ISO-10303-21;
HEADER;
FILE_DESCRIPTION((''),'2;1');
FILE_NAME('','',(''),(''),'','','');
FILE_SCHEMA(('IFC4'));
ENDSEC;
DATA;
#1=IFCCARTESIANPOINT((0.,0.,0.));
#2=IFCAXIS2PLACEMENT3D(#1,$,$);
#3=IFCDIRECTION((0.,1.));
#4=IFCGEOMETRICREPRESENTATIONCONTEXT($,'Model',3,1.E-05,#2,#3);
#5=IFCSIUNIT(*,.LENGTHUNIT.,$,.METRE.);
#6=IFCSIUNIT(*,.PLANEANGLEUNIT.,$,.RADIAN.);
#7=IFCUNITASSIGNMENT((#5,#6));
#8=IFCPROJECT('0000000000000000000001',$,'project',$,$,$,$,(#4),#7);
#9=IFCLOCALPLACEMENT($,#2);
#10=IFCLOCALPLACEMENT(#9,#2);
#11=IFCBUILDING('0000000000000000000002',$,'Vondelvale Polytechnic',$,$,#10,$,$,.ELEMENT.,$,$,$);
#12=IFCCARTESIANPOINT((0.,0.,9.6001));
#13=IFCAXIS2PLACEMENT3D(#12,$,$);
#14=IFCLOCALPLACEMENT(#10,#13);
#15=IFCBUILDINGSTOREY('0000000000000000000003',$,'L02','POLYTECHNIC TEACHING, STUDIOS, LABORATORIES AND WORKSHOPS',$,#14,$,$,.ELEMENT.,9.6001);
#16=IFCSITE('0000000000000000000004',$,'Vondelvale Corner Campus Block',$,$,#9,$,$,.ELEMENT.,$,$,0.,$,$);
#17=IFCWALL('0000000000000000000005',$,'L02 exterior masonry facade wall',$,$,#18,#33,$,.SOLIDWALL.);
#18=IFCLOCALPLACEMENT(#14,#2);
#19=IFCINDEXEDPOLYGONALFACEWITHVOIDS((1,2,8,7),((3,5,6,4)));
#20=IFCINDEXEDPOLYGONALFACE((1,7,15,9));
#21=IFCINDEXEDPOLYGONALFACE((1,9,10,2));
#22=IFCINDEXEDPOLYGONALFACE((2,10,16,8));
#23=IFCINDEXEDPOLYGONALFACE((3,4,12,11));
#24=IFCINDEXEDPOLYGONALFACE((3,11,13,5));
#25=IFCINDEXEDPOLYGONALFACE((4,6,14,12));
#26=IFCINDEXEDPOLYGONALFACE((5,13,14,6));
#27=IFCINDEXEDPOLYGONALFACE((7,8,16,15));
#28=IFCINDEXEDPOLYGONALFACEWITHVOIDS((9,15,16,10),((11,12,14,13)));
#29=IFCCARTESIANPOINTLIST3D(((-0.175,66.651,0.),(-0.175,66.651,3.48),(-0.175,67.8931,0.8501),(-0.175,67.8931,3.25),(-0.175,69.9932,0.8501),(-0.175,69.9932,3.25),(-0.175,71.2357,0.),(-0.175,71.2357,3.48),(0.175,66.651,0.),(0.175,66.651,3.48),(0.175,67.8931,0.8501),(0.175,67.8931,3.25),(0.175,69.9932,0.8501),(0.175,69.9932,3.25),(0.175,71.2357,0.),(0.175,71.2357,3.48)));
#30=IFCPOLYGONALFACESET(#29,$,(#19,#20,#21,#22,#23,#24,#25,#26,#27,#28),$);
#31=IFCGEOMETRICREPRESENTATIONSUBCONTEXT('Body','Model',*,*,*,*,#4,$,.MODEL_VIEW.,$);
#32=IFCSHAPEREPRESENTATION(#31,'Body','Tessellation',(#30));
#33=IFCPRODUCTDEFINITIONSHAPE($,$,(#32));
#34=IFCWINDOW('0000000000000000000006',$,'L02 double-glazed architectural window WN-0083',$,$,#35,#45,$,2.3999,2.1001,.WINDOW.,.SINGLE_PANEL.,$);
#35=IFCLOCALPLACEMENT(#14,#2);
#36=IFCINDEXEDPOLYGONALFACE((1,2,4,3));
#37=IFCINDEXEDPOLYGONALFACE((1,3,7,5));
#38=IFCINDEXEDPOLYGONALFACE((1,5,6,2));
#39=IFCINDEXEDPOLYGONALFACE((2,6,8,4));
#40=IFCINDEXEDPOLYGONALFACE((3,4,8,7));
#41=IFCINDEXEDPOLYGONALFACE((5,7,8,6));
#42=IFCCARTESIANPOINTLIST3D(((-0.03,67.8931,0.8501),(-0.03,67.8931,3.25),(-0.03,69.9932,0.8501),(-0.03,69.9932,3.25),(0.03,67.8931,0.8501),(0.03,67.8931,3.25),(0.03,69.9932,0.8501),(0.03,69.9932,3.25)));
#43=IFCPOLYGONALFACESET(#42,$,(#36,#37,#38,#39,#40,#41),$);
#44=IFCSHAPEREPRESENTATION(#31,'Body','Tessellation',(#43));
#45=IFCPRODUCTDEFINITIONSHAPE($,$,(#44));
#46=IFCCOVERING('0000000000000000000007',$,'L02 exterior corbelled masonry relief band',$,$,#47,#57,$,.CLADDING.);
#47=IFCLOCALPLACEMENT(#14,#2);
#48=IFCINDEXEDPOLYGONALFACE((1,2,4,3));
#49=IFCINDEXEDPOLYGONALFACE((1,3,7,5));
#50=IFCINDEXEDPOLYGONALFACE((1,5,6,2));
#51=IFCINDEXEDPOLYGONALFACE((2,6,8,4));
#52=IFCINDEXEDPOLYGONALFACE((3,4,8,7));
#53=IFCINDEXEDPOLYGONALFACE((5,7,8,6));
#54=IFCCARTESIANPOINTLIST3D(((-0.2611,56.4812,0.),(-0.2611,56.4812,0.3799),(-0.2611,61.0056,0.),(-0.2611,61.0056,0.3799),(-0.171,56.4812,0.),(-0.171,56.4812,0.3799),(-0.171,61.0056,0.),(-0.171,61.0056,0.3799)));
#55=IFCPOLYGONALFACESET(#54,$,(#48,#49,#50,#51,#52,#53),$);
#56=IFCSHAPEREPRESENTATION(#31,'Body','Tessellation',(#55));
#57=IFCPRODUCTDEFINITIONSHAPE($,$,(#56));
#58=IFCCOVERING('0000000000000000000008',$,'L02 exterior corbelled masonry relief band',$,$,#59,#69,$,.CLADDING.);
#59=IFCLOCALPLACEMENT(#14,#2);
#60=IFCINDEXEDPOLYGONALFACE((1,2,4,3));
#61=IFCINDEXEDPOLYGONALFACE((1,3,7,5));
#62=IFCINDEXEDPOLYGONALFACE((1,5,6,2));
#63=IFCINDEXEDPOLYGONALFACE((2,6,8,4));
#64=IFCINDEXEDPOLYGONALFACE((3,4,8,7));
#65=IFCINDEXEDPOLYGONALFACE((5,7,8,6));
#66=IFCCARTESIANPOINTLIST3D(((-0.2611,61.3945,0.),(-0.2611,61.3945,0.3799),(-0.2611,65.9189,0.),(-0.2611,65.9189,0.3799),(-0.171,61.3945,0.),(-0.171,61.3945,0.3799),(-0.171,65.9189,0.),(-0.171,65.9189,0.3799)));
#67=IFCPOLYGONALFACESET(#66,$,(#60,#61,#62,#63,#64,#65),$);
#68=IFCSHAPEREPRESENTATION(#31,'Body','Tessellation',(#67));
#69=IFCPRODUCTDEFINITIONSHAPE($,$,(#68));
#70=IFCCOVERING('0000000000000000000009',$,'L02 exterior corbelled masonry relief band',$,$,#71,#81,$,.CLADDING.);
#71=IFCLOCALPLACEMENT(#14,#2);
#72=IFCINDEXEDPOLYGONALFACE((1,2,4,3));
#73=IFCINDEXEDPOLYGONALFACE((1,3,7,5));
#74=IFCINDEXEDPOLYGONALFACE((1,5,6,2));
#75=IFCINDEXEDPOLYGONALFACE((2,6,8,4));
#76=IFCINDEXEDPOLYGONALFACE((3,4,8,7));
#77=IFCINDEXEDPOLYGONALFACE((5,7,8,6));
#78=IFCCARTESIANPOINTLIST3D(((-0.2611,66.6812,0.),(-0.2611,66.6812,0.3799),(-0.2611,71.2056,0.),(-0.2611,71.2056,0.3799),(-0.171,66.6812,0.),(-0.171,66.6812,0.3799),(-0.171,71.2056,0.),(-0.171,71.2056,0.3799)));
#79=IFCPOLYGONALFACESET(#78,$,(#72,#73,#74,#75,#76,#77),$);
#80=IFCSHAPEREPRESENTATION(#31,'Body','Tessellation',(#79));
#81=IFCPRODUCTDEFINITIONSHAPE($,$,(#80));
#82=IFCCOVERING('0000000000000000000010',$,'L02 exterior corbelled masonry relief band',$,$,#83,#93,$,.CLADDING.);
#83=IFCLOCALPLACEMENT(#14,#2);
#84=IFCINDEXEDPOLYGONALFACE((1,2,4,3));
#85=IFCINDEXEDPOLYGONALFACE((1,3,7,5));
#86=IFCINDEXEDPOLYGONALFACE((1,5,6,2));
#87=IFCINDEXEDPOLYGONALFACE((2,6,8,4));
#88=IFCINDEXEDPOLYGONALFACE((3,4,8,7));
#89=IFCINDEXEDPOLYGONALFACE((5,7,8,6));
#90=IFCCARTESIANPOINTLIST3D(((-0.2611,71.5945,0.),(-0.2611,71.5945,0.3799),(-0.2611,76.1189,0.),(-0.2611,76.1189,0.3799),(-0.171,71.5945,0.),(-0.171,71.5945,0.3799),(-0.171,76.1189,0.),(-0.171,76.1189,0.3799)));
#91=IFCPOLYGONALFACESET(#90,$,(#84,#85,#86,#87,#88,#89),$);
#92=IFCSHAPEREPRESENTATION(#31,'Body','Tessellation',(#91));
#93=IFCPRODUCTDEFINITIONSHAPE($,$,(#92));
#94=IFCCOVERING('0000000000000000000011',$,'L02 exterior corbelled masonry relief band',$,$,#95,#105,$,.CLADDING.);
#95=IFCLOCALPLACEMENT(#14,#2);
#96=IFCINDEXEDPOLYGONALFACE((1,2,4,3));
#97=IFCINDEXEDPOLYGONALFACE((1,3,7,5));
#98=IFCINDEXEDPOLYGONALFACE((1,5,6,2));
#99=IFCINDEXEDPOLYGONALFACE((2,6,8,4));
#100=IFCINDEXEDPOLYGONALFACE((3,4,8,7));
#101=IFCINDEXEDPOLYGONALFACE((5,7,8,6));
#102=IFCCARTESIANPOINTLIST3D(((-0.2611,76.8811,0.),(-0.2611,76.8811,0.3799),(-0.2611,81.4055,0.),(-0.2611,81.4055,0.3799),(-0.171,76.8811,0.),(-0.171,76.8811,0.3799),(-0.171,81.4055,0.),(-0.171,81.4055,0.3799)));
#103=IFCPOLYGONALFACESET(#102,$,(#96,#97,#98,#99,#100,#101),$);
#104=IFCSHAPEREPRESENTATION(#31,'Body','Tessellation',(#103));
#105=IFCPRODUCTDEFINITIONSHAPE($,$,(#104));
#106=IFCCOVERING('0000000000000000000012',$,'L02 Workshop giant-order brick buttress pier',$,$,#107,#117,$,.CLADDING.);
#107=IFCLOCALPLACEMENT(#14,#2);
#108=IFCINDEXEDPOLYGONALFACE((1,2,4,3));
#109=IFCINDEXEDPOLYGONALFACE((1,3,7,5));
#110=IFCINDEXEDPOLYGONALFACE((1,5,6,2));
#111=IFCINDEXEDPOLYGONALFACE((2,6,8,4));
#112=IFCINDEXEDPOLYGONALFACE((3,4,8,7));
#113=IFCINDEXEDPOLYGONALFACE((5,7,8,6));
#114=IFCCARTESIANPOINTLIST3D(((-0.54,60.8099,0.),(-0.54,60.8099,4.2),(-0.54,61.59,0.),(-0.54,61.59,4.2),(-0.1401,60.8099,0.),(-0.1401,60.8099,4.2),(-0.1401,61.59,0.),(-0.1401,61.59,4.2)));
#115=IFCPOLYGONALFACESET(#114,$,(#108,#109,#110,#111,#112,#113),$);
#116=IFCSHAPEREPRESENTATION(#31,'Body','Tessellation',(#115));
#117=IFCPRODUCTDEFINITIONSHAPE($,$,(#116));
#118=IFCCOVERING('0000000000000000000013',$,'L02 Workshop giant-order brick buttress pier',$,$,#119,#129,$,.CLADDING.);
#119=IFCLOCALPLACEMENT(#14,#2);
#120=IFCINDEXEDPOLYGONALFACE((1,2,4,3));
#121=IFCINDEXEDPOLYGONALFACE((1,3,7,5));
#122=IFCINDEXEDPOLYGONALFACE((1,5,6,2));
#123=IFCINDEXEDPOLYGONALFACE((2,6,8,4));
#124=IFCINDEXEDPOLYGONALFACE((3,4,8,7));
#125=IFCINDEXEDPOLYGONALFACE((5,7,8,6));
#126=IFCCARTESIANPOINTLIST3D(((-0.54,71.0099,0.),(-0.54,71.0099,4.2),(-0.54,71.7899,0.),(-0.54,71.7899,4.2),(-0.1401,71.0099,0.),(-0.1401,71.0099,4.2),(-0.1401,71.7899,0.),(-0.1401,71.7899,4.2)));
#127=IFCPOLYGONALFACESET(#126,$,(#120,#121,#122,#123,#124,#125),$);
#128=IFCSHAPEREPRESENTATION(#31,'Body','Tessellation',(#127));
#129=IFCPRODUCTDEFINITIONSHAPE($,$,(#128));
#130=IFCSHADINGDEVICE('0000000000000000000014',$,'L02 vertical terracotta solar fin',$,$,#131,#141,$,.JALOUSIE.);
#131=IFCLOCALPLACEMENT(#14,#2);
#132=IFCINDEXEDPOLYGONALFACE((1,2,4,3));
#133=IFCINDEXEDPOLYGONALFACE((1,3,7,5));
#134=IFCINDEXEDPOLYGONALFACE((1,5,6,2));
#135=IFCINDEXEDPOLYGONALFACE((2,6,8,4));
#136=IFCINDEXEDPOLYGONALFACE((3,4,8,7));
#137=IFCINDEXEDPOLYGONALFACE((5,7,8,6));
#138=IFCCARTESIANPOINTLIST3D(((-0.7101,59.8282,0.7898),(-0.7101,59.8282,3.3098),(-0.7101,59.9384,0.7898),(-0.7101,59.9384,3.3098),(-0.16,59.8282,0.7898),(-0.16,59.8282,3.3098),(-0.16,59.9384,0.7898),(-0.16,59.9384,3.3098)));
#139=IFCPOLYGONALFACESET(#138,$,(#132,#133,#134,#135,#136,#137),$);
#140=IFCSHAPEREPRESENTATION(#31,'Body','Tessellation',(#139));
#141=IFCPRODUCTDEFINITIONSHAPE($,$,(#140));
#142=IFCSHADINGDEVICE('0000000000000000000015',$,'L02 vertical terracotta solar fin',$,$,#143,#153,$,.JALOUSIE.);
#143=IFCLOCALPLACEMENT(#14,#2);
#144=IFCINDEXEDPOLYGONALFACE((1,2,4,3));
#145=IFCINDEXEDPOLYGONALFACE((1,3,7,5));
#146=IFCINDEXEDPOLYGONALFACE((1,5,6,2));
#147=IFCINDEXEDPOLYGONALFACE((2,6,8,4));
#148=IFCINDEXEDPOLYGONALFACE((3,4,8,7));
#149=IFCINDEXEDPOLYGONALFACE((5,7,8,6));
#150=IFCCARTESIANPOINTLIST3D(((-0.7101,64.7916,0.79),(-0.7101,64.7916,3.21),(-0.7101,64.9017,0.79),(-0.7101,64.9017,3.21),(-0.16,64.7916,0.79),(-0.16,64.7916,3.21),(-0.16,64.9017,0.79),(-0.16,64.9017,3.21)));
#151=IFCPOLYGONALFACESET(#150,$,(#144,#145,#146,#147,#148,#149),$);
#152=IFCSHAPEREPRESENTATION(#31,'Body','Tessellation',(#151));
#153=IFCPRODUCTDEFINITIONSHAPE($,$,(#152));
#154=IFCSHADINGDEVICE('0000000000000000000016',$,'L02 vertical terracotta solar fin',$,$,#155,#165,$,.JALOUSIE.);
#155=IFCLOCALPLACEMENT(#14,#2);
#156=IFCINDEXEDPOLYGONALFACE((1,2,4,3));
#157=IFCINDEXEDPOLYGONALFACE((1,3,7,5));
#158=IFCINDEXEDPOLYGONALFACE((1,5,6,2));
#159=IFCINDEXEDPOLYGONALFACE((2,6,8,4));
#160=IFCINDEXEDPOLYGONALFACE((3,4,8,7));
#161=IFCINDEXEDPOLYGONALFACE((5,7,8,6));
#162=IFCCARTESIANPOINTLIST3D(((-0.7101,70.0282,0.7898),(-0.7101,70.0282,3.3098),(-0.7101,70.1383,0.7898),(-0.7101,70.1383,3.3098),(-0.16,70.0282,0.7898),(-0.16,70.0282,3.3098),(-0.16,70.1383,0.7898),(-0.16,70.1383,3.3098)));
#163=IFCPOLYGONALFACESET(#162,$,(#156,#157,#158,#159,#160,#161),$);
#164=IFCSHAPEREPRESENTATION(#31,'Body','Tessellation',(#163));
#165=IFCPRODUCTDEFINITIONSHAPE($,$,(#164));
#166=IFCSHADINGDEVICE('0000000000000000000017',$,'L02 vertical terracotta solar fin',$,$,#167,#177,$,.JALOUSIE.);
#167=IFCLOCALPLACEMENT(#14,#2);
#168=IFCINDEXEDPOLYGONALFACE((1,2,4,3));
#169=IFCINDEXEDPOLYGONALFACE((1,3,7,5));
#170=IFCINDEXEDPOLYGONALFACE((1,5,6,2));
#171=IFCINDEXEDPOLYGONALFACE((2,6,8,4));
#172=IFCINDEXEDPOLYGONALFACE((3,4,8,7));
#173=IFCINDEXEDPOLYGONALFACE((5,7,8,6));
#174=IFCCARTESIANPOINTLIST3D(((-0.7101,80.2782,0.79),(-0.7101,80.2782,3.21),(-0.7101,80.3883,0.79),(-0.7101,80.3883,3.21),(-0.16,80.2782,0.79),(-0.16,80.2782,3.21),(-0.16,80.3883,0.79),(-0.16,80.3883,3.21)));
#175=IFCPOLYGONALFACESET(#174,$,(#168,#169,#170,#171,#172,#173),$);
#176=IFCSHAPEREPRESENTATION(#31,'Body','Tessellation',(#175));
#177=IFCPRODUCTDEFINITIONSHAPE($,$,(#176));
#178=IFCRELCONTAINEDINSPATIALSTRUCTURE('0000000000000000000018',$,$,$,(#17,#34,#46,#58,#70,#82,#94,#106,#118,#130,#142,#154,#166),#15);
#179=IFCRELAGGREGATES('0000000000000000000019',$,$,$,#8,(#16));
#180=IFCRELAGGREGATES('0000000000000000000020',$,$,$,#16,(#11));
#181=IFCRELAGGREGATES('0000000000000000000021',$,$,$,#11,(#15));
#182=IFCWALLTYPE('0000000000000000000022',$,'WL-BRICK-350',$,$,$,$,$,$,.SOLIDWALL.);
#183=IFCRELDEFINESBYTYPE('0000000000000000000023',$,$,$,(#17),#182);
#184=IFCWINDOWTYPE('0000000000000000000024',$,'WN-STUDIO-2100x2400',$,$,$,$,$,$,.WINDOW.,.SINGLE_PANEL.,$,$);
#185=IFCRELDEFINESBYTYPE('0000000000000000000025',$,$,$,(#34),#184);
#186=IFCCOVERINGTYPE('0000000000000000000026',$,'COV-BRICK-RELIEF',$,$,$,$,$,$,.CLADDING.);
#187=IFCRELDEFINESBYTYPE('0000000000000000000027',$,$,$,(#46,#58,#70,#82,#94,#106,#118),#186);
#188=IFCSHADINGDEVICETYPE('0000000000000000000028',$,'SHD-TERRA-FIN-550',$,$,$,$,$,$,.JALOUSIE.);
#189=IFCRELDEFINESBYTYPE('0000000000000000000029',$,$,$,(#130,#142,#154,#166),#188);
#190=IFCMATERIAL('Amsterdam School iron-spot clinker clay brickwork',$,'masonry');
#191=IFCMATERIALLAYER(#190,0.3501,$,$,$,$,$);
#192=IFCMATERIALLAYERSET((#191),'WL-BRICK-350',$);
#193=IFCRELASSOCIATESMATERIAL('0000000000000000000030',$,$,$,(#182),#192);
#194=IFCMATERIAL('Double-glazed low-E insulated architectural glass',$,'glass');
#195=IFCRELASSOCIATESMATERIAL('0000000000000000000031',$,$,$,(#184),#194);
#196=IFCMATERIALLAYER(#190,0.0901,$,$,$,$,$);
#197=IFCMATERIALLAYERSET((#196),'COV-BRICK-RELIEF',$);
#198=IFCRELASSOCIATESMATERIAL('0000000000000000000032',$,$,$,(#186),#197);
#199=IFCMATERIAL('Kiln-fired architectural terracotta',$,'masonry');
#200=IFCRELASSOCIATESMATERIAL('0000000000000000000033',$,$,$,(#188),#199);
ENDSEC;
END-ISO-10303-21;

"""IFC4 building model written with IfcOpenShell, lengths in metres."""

from ifc_helpers import new_model, si_unit, direction, frame, frame_2d, origin, origin_2d, place, context, subcontext, project, spatial, rectangle, extrude, material, layer, layer_set, type_object, element, fill, save


model = new_model("IFC4")

# Units and contexts
model_context = context("Model", 3, precision=1e-05, world=origin(), true_north=direction((0.0, 1.0)))
body_context = subcontext(model_context, "Body", "Model", "MODEL_VIEW")
ifc_project = project(units=[si_unit("LENGTHUNIT", "METRE"), si_unit("PLANEANGLEUNIT", "RADIAN")], contexts=[model_context])

# Site, building, storey
site_placement = place(None, origin())
site = spatial("IfcSite", under=ifc_project, at=site_placement, Name="Vondelvale Corner Campus Block", CompositionType="ELEMENT", RefElevation=0.0)
building_placement = place(site_placement, origin())
building = spatial("IfcBuilding", under=site, at=building_placement, Name="Vondelvale Polytechnic", CompositionType="ELEMENT")
storey_placement = place(building_placement, frame((0.0, 0.0, 9.6001)))
storey = spatial("IfcBuildingStorey", under=building, at=storey_placement, Name="L02", Description="POLYTECHNIC TEACHING, STUDIOS, LABORATORIES AND WORKSHOPS", CompositionType="ELEMENT", Elevation=9.6001)

# Wall, opening, window
ifc_material_1 = material(Name="Amsterdam School iron-spot clinker clay brickwork", Category="masonry")
ifc_layer_1 = layer(ifc_material_1, 0.3501)
ifc_layer_set_1 = layer_set([ifc_layer_1], Name="WL-BRICK-350")
wall_type = type_object("IfcWallType", Name="WL-BRICK-350", PredefinedType="SOLIDWALL", material=ifc_layer_set_1)
ifc_material_2 = material(Name="Double-glazed low-E insulated architectural glass", Category="glass")
window_type_1 = type_object("IfcWindowType", Name="WN-STUDIO-2100x2400", PartitioningType="SINGLE_PANEL", PredefinedType="WINDOW", material=ifc_material_2)
wall_1_placement = place(storey_placement, frame((0.0, 66.6509, 0.0), z_axis=(0.0, 0.0, 1.0), x_axis=(0.0, 1.0, 0.0)))
wall_1 = element("IfcWall", 1, at=wall_1_placement, inside=storey, type_object=wall_type, Name="L02 exterior masonry facade wall", PredefinedType="SOLIDWALL", context=body_context, shape_type="SweptSolid", body=[
    extrude(rectangle(XDim=4.5847, YDim=0.3501, at=frame_2d((2.2925, 0.0))), origin(), (0.0, 0.0, 1.0), 3.48),
])
opening_1_placement = place(wall_1_placement, frame((1.2422, 0.0, 0.8501)))
opening_1 = element("IfcOpeningElement", 2, at=opening_1_placement, cuts=wall_1, PredefinedType="OPENING", context=body_context, shape_type="SweptSolid", body=[
    extrude(rectangle(XDim=2.1001, YDim=2.3999, at=frame_2d((1.05, 1.2))), frame((0.0, 0.1851, 0.0), z_axis=(0.0, -1.0, 0.0), x_axis=(1.0, 0.0, 0.0)), (0.0, 0.0, 1.0), 0.3701),
])
window_1_placement = place(opening_1_placement, origin())
window_1 = element("IfcWindow", 3, at=window_1_placement, inside=storey, type_object=window_type_1, Name="L02 double-glazed architectural window WN-0083", OverallHeight=2.3999, OverallWidth=2.1001, PartitioningType="SINGLE_PANEL", PredefinedType="WINDOW", context=body_context, shape_type="SweptSolid", body=[
    extrude(rectangle(XDim=2.1001, YDim=2.3999, at=frame_2d((1.05, 1.2))), frame((0.0, 0.03, 0.0), z_axis=(0.0, -1.0, 0.0), x_axis=(1.0, 0.0, 0.0)), (0.0, 0.0, 1.0), 0.0601),
])
fill(opening_1, window_1)

# Coverings
ifc_layer_2 = layer(ifc_material_1, 0.0901)
ifc_layer_set_2 = layer_set([ifc_layer_2], Name="COV-BRICK-RELIEF")
covering_type = type_object("IfcCoveringType", Name="COV-BRICK-RELIEF", PredefinedType="CLADDING", material=ifc_layer_set_2)
for number, where, z_axis, x_axis, name in (
    (4, (-0.2161, 58.7434, 0.0), (0.0, 0.0, 1.0), (0.0, 1.0, 0.0), "L02 exterior corbelled masonry relief band"),
    (5, (-0.2161, 63.6567, 0.0), (0.0, 0.0, 1.0), (0.0, 1.0, 0.0), "L02 exterior corbelled masonry relief band"),
    (6, (-0.2161, 68.9434, 0.0), (0.0, 0.0, 1.0), (0.0, 1.0, 0.0), "L02 exterior corbelled masonry relief band"),
    (7, (-0.2161, 73.8567, 0.0), (0.0, 0.0, 1.0), (0.0, 1.0, 0.0), "L02 exterior corbelled masonry relief band"),
    (8, (-0.2161, 79.1433, 0.0), (0.0, 0.0, 1.0), (0.0, 1.0, 0.0), "L02 exterior corbelled masonry relief band"),
):
    element("IfcCovering", number, at=place(storey_placement, frame(where, z_axis=z_axis, x_axis=x_axis)), inside=storey, type_object=covering_type, Name=name, PredefinedType="CLADDING", context=body_context, shape_type="SweptSolid", body=[
        extrude(rectangle(XDim=4.5244, YDim=0.0901, at=origin_2d()), origin(), (0.0, 0.0, 1.0), 0.3799),
    ])
for number, where, z_axis, x_axis, name in (
    (9, (-0.3401, 61.2, 0.0), (0.0, 0.0, 1.0), (1.0, 0.0, 0.0), "L02 Workshop giant-order brick buttress pier"),
    (10, (-0.3401, 71.3999, 0.0), (0.0, 0.0, 1.0), (1.0, 0.0, 0.0), "L02 Workshop giant-order brick buttress pier"),
):
    element("IfcCovering", number, at=place(storey_placement, frame(where, z_axis=z_axis, x_axis=x_axis)), inside=storey, type_object=covering_type, Name=name, PredefinedType="CLADDING", context=body_context, shape_type="SweptSolid", body=[
        extrude(rectangle(XDim=0.3999, YDim=0.78, at=origin_2d()), origin(), (0.0, 0.0, 1.0), 4.2),
    ])

# Shading devices
ifc_material_3 = material(Name="Kiln-fired architectural terracotta", Category="masonry")
shading_device_type = type_object("IfcShadingDeviceType", Name="SHD-TERRA-FIN-550", PredefinedType="JALOUSIE", material=ifc_material_3)
shading_device_1_placement = place(storey_placement, frame((-0.4351, 59.8833, 0.7898), z_axis=(0.0, 0.0, 1.0), x_axis=(0.0, 1.0, 0.0)))
element("IfcShadingDevice", 11, at=shading_device_1_placement, inside=storey, type_object=shading_device_type, Name="L02 vertical terracotta solar fin", PredefinedType="JALOUSIE", context=body_context, shape_type="SweptSolid", body=[
    extrude(rectangle(XDim=0.1101, YDim=0.55, at=origin_2d()), origin(), (0.0, 0.0, 1.0), 2.52),
])
shading_device_2_placement = place(storey_placement, frame((-0.4351, 64.8467, 0.79), z_axis=(0.0, 0.0, 1.0), x_axis=(0.0, 1.0, 0.0)))
element("IfcShadingDevice", 12, at=shading_device_2_placement, inside=storey, type_object=shading_device_type, Name="L02 vertical terracotta solar fin", PredefinedType="JALOUSIE", context=body_context, shape_type="SweptSolid", body=[
    extrude(rectangle(XDim=0.1101, YDim=0.55, at=origin_2d()), origin(), (0.0, 0.0, 1.0), 2.4199),
])
shading_device_3_placement = place(storey_placement, frame((-0.4351, 70.0833, 0.7898), z_axis=(0.0, 0.0, 1.0), x_axis=(0.0, 1.0, 0.0)))
element("IfcShadingDevice", 13, at=shading_device_3_placement, inside=storey, type_object=shading_device_type, Name="L02 vertical terracotta solar fin", PredefinedType="JALOUSIE", context=body_context, shape_type="SweptSolid", body=[
    extrude(rectangle(XDim=0.1101, YDim=0.55, at=origin_2d()), origin(), (0.0, 0.0, 1.0), 2.52),
])
shading_device_4_placement = place(storey_placement, frame((-0.4351, 80.3333, 0.79), z_axis=(0.0, 0.0, 1.0), x_axis=(0.0, 1.0, 0.0)))
element("IfcShadingDevice", 14, at=shading_device_4_placement, inside=storey, type_object=shading_device_type, Name="L02 vertical terracotta solar fin", PredefinedType="JALOUSIE", context=body_context, shape_type="SweptSolid", body=[
    extrude(rectangle(XDim=0.1101, YDim=0.55, at=origin_2d()), origin(), (0.0, 0.0, 1.0), 2.4199),
])

save(model, "model.ifc")
